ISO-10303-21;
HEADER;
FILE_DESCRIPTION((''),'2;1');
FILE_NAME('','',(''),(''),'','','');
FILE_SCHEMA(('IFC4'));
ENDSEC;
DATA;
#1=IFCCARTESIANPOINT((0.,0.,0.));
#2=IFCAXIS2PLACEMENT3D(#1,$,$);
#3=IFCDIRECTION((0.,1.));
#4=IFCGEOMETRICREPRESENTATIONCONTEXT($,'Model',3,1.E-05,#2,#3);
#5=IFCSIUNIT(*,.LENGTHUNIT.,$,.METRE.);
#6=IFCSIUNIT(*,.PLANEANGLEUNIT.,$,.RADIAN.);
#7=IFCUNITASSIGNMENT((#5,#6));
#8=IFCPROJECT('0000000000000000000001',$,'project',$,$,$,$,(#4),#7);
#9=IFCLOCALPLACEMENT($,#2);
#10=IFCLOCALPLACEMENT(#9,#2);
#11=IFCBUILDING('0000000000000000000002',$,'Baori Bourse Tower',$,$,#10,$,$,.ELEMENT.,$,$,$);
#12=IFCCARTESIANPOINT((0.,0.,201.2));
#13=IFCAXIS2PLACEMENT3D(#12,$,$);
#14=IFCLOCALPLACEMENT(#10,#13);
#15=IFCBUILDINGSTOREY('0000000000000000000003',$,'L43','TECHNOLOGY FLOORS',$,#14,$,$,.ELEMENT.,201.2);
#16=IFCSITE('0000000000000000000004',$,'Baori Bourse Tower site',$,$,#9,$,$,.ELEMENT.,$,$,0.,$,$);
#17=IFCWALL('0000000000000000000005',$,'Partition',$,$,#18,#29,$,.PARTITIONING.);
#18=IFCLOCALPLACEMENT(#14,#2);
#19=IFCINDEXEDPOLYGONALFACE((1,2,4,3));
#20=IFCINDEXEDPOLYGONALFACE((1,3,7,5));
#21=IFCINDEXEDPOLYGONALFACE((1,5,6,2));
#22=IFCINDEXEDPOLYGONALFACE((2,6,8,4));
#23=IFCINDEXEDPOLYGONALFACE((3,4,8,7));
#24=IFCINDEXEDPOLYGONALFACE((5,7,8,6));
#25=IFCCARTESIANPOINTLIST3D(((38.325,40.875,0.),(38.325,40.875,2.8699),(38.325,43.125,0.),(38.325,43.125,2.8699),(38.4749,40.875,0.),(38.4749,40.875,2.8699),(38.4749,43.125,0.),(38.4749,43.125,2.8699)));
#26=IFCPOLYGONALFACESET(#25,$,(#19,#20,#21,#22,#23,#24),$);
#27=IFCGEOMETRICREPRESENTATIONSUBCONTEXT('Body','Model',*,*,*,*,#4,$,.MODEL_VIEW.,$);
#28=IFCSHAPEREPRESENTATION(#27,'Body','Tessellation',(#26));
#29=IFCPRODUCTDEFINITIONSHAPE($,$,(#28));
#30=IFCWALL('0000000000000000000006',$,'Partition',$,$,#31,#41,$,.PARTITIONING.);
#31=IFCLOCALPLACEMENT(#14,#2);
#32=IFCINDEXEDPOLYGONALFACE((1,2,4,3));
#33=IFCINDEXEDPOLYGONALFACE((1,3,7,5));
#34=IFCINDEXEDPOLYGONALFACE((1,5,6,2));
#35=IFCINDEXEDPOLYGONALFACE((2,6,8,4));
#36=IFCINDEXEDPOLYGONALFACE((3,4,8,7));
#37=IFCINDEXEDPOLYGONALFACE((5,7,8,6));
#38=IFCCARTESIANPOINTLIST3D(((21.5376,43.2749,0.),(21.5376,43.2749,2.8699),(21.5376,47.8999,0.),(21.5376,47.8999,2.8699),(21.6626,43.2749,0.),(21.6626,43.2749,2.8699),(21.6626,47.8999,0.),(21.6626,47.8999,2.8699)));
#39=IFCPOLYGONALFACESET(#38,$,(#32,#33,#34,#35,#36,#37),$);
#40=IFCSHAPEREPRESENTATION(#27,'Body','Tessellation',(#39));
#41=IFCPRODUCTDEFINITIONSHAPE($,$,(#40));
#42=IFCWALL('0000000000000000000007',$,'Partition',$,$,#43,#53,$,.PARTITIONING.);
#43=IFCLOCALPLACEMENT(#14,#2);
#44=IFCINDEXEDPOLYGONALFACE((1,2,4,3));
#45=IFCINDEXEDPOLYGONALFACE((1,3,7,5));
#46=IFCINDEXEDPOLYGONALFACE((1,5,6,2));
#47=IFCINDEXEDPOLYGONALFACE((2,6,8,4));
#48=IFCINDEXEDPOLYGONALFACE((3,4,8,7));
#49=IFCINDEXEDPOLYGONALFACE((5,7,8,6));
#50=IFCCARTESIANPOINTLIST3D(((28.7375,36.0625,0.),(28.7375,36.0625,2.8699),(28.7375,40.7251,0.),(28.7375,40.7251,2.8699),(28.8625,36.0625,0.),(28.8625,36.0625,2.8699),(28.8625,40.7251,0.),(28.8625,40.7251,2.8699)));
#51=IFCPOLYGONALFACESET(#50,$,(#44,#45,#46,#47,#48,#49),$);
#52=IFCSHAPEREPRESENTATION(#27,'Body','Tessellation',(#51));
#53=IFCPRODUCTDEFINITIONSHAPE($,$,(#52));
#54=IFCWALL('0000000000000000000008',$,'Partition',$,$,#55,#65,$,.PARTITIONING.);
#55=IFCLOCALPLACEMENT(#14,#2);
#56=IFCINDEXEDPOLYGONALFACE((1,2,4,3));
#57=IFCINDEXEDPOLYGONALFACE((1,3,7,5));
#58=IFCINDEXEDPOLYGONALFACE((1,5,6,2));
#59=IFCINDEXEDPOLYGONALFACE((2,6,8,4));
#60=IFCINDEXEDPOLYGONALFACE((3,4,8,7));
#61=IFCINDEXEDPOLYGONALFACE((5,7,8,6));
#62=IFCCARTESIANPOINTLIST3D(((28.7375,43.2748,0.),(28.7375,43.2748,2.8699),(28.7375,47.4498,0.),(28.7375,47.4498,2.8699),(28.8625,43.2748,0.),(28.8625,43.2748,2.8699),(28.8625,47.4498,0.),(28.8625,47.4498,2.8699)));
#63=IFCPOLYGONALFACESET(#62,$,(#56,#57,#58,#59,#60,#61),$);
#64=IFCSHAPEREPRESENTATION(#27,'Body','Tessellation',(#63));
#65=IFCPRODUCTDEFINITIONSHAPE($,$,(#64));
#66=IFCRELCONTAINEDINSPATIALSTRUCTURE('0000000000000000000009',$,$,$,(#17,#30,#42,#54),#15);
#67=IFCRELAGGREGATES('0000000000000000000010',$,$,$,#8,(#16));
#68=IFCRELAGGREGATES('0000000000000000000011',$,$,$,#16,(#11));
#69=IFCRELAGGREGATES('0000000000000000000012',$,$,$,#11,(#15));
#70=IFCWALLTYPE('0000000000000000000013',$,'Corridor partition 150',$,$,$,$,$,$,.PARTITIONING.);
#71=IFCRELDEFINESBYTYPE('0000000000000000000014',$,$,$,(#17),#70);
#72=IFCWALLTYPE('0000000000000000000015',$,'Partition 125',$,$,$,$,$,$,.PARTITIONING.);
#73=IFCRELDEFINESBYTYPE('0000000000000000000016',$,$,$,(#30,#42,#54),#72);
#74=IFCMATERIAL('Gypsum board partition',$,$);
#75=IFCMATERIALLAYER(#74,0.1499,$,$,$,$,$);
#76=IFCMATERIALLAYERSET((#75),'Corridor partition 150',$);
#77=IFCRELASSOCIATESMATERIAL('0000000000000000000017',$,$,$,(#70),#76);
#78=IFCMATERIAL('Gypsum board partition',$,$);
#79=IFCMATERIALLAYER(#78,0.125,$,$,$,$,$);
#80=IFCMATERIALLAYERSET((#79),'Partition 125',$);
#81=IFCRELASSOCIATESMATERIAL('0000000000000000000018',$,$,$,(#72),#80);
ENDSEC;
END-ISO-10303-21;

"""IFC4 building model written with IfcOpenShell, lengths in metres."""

from ifc_helpers import new_model, si_unit, direction, frame, frame_2d, origin, place, context, subcontext, project, spatial, rectangle, extrude, material, layer, layer_set, type_object, element, save


model = new_model("IFC4")

# Units and contexts
model_context = context("Model", 3, precision=1e-05, world=origin(), true_north=direction((0.0, 1.0)))
body_context = subcontext(model_context, "Body", "Model", "MODEL_VIEW")
ifc_project = project(units=[si_unit("LENGTHUNIT", "METRE"), si_unit("PLANEANGLEUNIT", "RADIAN")], contexts=[model_context])

# Site, building, storey
site_placement = place(None, origin())
site = spatial("IfcSite", under=ifc_project, at=site_placement, Name="Baori Bourse Tower site", CompositionType="ELEMENT", RefElevation=0.0)
building_placement = place(site_placement, origin())
building = spatial("IfcBuilding", under=site, at=building_placement, Name="Baori Bourse Tower", CompositionType="ELEMENT")
storey_placement = place(building_placement, frame((0.0, 0.0, 201.2)))
storey = spatial("IfcBuildingStorey", under=building, at=storey_placement, Name="L43", Description="TECHNOLOGY FLOORS", CompositionType="ELEMENT", Elevation=201.2)

# Shared definitions
ifc_material_1 = material(Name="Gypsum board partition")
ifc_layer_1 = layer(ifc_material_1, 0.1499)
ifc_layer_set_1 = layer_set([ifc_layer_1], Name="Corridor partition 150")
wall_type_1 = type_object("IfcWallType", Name="Corridor partition 150", PredefinedType="PARTITIONING", material=ifc_layer_set_1)

# Walls
wall_1_placement = place(storey_placement, frame((38.3999, 40.875, 0.0), z_axis=(0.0, 0.0, 1.0), x_axis=(0.0, 1.0, 0.0)))
element("IfcWall", 1, at=wall_1_placement, inside=storey, type_object=wall_type_1, Name="Partition", PredefinedType="PARTITIONING", context=body_context, shape_type="SweptSolid", body=[
    extrude(rectangle(XDim=2.25, YDim=0.1499, at=frame_2d((1.125, 0.0))), origin(), (0.0, 0.0, 1.0), 2.8699),
])
ifc_material_2 = material(Name="Gypsum board partition")
ifc_layer_2 = layer(ifc_material_2, 0.125)
ifc_layer_set_2 = layer_set([ifc_layer_2], Name="Partition 125")
wall_type_2 = type_object("IfcWallType", Name="Partition 125", PredefinedType="PARTITIONING", material=ifc_layer_set_2)
wall_2_placement = place(storey_placement, frame((21.6001, 43.2749, 0.0), z_axis=(0.0, 0.0, 1.0), x_axis=(0.0, 1.0, 0.0)))
element("IfcWall", 2, at=wall_2_placement, inside=storey, type_object=wall_type_2, Name="Partition", PredefinedType="PARTITIONING", context=body_context, shape_type="SweptSolid", body=[
    extrude(rectangle(XDim=4.625, YDim=0.125, at=frame_2d((2.3125, 0.0))), origin(), (0.0, 0.0, 1.0), 2.8699),
])
wall_3_placement = place(storey_placement, frame((28.8, 36.0625, 0.0), z_axis=(0.0, 0.0, 1.0), x_axis=(0.0, 1.0, 0.0)))
element("IfcWall", 3, at=wall_3_placement, inside=storey, type_object=wall_type_2, Name="Partition", PredefinedType="PARTITIONING", context=body_context, shape_type="SweptSolid", body=[
    extrude(rectangle(XDim=4.6626, YDim=0.125, at=frame_2d((2.3313, 0.0))), origin(), (0.0, 0.0, 1.0), 2.8699),
])
wall_4_placement = place(storey_placement, frame((28.8, 43.2749, 0.0), z_axis=(0.0, 0.0, 1.0), x_axis=(0.0, 1.0, 0.0)))
element("IfcWall", 4, at=wall_4_placement, inside=storey, type_object=wall_type_2, Name="Partition", PredefinedType="PARTITIONING", context=body_context, shape_type="SweptSolid", body=[
    extrude(rectangle(XDim=4.175, YDim=0.125, at=frame_2d((2.0874, 0.0))), origin(), (0.0, 0.0, 1.0), 2.8699),
])

save(model, "model.ifc")
